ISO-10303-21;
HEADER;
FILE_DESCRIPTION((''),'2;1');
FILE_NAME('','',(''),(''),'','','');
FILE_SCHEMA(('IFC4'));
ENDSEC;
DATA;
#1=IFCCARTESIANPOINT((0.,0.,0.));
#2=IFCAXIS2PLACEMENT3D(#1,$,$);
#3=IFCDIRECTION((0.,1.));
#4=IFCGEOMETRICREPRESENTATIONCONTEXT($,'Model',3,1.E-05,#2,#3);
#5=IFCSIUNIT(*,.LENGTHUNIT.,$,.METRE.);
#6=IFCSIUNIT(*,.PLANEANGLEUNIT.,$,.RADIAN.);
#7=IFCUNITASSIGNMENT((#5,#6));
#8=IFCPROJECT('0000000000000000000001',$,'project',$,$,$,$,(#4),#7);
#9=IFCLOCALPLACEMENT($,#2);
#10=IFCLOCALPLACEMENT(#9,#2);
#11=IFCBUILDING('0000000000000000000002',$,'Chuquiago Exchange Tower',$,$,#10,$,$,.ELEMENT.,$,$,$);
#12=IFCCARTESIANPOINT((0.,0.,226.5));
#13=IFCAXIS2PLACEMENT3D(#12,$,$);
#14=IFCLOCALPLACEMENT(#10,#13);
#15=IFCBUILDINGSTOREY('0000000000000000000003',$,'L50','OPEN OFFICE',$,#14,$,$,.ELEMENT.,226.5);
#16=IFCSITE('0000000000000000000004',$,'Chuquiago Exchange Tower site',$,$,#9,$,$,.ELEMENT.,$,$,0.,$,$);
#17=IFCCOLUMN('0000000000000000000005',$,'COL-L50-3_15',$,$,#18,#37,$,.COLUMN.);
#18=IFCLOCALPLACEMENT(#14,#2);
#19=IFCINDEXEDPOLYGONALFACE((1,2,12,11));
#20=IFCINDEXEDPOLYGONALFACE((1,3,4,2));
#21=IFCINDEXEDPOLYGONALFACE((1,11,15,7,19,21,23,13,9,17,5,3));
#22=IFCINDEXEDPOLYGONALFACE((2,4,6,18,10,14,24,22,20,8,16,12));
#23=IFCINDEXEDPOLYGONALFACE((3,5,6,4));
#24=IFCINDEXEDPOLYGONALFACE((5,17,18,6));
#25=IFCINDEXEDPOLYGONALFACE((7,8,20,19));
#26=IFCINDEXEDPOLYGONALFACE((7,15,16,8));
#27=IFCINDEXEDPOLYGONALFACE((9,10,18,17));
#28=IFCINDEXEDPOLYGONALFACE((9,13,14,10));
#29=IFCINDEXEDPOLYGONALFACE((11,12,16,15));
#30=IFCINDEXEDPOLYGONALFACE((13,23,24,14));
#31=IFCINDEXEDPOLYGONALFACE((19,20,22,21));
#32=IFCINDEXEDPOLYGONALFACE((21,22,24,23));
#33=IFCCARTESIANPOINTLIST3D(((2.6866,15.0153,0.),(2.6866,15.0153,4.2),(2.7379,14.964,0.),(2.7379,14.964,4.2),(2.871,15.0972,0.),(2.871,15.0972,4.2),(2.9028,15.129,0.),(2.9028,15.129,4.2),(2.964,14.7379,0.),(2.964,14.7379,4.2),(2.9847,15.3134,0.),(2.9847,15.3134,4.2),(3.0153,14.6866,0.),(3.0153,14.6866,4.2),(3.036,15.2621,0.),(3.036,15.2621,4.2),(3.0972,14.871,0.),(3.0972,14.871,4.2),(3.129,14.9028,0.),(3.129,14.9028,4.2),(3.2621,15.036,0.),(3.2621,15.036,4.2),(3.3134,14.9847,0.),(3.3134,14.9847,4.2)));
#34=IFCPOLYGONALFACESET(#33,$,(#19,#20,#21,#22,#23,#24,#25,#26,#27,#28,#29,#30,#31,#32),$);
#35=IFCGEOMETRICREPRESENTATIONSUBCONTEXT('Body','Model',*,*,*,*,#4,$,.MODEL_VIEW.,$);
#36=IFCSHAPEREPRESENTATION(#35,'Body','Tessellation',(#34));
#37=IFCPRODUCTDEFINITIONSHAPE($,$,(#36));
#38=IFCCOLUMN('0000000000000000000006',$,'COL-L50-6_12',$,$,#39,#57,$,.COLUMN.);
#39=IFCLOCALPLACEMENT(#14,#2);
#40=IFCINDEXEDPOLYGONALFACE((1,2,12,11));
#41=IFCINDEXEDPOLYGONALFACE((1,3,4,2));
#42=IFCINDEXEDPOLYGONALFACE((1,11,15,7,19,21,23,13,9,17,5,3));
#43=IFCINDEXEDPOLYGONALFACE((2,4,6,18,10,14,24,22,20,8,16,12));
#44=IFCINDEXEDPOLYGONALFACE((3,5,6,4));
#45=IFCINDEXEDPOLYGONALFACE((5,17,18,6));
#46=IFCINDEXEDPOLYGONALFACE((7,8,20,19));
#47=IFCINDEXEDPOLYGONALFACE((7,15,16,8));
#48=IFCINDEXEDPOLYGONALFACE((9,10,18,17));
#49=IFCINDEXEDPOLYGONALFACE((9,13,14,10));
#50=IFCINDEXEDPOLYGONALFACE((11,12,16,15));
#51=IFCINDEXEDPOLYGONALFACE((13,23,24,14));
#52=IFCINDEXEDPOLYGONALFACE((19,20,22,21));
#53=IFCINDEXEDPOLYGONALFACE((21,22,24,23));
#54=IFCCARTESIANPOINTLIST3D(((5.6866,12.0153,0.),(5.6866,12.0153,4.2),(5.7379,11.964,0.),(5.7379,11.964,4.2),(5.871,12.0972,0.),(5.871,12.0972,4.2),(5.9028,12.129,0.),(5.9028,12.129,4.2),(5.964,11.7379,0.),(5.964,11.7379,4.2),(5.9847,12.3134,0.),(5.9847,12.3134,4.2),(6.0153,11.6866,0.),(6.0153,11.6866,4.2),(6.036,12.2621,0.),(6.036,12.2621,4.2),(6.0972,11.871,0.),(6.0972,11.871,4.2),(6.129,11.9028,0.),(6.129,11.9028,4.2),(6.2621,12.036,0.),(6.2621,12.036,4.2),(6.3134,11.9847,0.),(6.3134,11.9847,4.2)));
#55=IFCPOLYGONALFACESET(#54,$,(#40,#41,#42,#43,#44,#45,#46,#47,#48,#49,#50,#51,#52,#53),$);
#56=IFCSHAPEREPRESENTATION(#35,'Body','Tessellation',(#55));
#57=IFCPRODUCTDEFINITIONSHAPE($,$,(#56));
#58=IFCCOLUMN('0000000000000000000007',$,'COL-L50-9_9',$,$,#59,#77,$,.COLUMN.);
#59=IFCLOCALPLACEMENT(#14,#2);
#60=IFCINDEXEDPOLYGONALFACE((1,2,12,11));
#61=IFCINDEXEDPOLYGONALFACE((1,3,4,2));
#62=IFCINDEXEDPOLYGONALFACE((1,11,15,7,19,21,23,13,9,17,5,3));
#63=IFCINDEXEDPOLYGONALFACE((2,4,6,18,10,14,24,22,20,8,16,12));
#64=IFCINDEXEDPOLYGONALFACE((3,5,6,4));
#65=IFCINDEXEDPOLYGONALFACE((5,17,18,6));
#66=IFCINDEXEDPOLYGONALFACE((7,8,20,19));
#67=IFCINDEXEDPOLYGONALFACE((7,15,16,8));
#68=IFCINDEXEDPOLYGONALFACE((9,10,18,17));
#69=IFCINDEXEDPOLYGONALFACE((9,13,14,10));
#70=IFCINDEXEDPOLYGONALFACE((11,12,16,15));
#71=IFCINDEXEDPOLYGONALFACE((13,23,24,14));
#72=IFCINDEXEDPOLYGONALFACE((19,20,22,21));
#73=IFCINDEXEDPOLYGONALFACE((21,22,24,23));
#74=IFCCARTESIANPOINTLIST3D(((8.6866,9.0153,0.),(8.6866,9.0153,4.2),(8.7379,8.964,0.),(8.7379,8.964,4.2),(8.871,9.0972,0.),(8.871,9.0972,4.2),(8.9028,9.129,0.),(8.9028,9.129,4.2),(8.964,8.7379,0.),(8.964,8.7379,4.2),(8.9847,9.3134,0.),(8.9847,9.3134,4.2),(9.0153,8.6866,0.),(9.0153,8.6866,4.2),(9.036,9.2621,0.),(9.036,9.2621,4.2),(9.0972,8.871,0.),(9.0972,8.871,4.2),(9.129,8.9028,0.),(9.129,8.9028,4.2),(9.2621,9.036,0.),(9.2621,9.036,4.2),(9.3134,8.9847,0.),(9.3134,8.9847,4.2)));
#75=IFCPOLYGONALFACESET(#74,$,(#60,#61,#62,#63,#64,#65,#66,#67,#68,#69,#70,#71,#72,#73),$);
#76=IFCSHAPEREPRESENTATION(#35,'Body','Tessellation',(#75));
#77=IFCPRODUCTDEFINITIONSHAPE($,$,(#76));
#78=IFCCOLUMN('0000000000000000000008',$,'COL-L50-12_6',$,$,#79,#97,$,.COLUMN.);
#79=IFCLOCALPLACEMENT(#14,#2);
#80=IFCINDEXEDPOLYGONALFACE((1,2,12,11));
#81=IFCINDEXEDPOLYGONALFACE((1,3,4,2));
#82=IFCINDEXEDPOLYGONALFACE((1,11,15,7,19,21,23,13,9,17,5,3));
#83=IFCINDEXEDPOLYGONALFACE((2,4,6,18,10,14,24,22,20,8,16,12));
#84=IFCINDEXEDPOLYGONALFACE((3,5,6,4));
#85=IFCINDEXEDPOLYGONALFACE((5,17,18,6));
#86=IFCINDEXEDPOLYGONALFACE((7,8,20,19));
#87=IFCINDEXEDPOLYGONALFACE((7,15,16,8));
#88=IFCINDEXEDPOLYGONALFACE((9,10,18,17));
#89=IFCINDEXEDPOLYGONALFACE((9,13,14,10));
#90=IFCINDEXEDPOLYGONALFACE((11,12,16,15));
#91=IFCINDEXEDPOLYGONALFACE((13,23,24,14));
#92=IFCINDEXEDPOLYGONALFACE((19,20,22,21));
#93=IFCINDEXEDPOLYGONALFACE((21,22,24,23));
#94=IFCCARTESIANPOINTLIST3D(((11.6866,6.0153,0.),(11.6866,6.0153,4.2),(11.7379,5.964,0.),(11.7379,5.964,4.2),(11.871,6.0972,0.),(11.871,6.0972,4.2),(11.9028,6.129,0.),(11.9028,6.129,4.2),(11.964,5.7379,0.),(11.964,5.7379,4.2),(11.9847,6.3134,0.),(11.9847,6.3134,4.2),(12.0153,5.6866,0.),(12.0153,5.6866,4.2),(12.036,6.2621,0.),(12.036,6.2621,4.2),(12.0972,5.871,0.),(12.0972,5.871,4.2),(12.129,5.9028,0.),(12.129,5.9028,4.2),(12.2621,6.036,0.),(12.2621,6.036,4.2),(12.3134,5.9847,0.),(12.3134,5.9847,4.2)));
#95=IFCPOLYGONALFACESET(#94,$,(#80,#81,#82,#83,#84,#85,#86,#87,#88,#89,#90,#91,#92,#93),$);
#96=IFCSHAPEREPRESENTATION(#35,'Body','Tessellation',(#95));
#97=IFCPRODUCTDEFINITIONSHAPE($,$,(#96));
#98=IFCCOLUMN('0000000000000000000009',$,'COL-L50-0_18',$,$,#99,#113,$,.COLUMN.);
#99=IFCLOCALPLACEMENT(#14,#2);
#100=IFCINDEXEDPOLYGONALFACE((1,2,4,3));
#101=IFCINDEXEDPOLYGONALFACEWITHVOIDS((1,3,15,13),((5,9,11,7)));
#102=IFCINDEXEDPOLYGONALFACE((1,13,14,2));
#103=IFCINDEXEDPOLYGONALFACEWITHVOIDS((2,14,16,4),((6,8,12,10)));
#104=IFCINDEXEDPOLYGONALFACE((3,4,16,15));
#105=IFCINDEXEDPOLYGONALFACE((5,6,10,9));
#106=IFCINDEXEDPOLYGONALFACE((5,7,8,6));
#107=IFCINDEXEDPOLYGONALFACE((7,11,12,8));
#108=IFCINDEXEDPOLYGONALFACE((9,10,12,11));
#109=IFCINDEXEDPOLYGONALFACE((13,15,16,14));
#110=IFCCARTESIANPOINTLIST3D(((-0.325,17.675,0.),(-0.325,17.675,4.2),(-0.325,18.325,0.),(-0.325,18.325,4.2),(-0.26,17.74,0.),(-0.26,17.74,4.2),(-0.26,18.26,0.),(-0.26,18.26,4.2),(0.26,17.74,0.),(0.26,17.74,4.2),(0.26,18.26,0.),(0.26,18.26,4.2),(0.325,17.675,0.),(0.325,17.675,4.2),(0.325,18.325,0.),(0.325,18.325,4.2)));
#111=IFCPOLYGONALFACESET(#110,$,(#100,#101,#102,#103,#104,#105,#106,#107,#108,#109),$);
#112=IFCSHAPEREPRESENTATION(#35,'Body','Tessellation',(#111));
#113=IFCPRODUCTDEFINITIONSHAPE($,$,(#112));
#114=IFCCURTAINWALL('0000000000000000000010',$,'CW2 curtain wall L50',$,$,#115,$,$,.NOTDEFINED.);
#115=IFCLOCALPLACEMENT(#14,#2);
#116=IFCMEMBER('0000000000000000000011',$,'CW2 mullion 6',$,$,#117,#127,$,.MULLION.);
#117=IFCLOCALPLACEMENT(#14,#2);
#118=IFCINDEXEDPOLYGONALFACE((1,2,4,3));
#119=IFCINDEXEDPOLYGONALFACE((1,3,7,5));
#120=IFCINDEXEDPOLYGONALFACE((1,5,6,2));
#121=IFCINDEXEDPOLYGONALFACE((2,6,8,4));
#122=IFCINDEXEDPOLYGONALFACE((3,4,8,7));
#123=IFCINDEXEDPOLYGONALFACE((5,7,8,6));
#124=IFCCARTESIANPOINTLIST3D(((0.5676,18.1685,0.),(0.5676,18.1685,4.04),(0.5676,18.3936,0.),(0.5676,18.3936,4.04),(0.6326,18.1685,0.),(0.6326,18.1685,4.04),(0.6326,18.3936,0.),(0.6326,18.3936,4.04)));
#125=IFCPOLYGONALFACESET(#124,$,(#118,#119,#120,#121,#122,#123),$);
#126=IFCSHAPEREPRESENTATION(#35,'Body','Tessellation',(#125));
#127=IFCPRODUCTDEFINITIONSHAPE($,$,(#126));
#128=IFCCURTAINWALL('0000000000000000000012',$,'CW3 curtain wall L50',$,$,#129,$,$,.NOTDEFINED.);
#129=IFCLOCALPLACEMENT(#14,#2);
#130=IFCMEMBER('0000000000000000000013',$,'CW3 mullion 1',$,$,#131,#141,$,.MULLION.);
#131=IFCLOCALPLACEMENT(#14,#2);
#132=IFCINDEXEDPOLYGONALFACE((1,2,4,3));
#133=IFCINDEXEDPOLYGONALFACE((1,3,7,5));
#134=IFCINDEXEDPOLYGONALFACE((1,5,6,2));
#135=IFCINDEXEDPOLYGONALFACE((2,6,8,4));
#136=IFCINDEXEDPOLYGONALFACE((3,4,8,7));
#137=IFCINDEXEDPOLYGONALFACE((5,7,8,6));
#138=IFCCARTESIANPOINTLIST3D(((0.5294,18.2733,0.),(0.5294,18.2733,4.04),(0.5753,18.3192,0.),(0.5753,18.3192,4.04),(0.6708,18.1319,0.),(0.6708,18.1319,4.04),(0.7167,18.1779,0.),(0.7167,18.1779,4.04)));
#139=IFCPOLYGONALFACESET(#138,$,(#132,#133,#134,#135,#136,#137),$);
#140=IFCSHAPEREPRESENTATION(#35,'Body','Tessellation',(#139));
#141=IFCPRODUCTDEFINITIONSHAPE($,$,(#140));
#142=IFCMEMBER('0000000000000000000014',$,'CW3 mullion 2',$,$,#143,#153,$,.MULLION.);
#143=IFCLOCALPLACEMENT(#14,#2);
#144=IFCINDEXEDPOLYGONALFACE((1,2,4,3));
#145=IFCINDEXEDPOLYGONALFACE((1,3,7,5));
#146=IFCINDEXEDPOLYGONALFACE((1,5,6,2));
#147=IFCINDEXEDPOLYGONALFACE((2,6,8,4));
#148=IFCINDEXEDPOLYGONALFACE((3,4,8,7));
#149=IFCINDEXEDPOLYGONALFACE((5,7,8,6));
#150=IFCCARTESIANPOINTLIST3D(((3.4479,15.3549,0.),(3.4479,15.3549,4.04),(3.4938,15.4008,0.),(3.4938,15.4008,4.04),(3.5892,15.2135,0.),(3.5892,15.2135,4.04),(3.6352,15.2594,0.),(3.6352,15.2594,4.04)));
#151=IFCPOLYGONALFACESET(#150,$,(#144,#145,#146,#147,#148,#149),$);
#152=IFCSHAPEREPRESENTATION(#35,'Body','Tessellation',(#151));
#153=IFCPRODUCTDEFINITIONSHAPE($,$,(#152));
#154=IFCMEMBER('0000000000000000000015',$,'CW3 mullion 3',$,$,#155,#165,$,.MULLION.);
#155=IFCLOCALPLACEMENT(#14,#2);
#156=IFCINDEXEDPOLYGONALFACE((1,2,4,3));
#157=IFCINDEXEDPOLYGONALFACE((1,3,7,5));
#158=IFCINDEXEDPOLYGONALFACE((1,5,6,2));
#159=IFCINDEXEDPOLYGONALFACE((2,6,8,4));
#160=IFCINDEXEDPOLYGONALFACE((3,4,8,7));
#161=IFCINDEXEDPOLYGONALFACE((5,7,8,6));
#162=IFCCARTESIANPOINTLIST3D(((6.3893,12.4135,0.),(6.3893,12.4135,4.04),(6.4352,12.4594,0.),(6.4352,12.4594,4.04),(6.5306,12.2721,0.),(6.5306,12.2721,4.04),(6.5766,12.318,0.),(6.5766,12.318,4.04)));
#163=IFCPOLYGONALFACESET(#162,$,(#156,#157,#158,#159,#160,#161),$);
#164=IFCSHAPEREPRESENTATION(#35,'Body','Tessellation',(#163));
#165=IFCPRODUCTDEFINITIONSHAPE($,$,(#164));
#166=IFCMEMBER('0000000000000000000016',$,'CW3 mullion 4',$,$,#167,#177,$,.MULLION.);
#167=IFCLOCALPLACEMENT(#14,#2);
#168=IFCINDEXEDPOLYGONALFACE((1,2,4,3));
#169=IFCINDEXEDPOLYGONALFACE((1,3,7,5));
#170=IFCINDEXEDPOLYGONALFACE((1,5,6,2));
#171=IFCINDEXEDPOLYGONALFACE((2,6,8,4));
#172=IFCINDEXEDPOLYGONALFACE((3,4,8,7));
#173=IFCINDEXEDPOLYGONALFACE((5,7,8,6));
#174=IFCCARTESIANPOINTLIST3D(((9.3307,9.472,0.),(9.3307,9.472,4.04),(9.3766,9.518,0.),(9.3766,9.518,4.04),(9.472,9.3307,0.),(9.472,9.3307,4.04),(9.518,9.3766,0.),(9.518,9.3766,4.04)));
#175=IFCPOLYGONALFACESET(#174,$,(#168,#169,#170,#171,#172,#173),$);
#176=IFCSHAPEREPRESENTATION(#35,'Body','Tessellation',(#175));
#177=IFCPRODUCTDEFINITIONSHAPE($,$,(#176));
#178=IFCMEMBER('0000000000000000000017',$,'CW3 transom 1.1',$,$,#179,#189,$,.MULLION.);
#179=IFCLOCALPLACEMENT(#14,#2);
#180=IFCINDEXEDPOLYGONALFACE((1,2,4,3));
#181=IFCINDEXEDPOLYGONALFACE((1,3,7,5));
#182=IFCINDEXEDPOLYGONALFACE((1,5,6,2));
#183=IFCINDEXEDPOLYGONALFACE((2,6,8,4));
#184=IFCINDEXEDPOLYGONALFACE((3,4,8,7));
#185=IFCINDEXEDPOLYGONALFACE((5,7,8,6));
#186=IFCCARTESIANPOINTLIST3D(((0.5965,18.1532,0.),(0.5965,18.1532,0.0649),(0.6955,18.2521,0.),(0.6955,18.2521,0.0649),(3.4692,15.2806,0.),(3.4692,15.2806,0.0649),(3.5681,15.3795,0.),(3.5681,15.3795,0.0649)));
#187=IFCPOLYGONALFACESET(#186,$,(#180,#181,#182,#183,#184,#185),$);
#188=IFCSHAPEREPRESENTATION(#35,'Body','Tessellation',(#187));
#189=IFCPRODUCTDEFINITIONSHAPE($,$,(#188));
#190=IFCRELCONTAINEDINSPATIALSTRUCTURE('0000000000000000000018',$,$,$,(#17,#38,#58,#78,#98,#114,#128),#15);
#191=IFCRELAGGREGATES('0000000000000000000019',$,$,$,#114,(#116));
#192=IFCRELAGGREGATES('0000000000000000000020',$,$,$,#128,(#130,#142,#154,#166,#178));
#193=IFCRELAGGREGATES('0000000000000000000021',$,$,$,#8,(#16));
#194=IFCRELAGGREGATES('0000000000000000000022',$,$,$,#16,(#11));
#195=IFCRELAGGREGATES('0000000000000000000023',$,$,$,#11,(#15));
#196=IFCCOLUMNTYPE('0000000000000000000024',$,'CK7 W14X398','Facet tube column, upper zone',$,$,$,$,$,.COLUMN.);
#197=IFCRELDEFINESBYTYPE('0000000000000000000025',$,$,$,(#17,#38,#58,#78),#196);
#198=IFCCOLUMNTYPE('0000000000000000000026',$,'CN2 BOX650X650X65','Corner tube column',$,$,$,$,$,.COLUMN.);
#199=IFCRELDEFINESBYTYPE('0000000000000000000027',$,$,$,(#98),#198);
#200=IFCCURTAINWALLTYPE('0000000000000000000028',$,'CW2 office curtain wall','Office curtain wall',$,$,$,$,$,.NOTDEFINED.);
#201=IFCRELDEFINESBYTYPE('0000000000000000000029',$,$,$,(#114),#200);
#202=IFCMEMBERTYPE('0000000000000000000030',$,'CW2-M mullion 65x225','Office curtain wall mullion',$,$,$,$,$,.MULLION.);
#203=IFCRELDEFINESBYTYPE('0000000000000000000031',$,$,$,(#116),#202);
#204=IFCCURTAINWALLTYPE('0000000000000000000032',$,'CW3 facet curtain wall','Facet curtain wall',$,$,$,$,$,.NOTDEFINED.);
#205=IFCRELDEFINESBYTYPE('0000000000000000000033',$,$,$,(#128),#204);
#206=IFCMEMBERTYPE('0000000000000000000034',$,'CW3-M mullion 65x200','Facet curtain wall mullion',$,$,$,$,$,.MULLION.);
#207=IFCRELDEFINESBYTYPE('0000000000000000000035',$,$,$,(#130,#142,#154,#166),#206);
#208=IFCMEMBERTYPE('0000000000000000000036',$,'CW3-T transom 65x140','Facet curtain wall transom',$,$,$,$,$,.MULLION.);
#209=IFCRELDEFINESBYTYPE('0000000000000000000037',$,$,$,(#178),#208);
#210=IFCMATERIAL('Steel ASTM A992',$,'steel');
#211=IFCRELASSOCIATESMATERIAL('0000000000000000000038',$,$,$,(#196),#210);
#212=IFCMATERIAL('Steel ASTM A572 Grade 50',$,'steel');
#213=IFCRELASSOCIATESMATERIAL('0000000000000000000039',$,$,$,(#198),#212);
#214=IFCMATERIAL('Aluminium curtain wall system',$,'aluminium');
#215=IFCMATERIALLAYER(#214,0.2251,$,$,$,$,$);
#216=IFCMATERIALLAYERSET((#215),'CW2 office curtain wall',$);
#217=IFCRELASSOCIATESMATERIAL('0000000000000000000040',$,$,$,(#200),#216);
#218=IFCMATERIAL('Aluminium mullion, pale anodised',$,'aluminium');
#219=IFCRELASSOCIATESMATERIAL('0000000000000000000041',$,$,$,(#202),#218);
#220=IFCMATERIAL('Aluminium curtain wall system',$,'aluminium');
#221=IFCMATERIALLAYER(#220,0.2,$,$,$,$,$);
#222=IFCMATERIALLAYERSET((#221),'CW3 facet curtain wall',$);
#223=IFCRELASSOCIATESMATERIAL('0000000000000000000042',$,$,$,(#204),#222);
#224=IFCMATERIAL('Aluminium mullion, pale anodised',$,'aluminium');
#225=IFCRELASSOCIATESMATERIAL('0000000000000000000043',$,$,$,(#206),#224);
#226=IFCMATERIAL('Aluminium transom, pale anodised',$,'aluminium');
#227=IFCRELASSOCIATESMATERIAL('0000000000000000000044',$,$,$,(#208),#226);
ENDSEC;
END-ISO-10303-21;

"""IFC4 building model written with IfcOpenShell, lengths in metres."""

from ifc_helpers import new_model, si_unit, direction, frame, origin, origin_2d, place, context, subcontext, project, spatial, rectangle, hollow_rectangle, i_section, extrude, material, layer, layer_set, material_profile, profile_set, type_object, element, aggregate, save


model = new_model("IFC4")

# Units and contexts
model_context = context("Model", 3, precision=1e-05, world=origin(), true_north=direction((0.0, 1.0)))
body_context = subcontext(model_context, "Body", "Model", "MODEL_VIEW")
ifc_project = project(units=[si_unit("LENGTHUNIT", "METRE"), si_unit("PLANEANGLEUNIT", "RADIAN")], contexts=[model_context])

# Site, building, storey
site_placement = place(None, origin())
site = spatial("IfcSite", under=ifc_project, at=site_placement, Name="Chuquiago Exchange Tower site", CompositionType="ELEMENT", RefElevation=0.0)
building_placement = place(site_placement, origin())
building = spatial("IfcBuilding", under=site, at=building_placement, Name="Chuquiago Exchange Tower", CompositionType="ELEMENT")
storey_placement = place(building_placement, frame((0.0, 0.0, 226.5)))
storey = spatial("IfcBuildingStorey", under=building, at=storey_placement, Name="L50", Description="OPEN OFFICE", CompositionType="ELEMENT", Elevation=226.5)

# Columns
ifc_material_1 = material(Name="Steel ASTM A992", Category="steel")
ifc_material_profile_1 = material_profile(ifc_material_1, i_section(OverallWidth=0.4216, OverallDepth=0.4648, WebThickness=0.0449, FlangeThickness=0.0725, at=origin_2d()), Name="W14X398")
ifc_profile_set_1 = profile_set([ifc_material_profile_1], Name="Steel ASTM A992")
column_type_1 = type_object("IfcColumnType", Name="CK7 W14X398", Description="Facet tube column, upper zone", PredefinedType="COLUMN", material=ifc_profile_set_1)
for number, where, z_axis, x_axis, name in (
    (1, (3.0, 15.0, 0.0), (0.0, 0.0, 1.0), (-0.707107, -0.707107, 0.0), "COL-L50-3_15"),
    (2, (6.0, 12.0, 0.0), (0.0, 0.0, 1.0), (-0.707107, -0.707107, 0.0), "COL-L50-6_12"),
    (3, (9.0, 9.0, 0.0), (0.0, 0.0, 1.0), (-0.707107, -0.707107, 0.0), "COL-L50-9_9"),
    (4, (12.0, 6.0, 0.0), (0.0, 0.0, 1.0), (-0.707107, -0.707107, 0.0), "COL-L50-12_6"),
):
    element("IfcColumn", number, at=place(storey_placement, frame(where, z_axis=z_axis, x_axis=x_axis)), inside=storey, type_object=column_type_1, Name=name, PredefinedType="COLUMN", context=body_context, shape_type="SweptSolid", body=[
        extrude(i_section(OverallWidth=0.4216, OverallDepth=0.4648, WebThickness=0.0449, FlangeThickness=0.0725, at=origin_2d()), origin(), (0.0, 0.0, 1.0), 4.2),
    ])
ifc_material_2 = material(Name="Steel ASTM A572 Grade 50", Category="steel")
ifc_material_profile_2 = material_profile(ifc_material_2, hollow_rectangle(XDim=0.6499, YDim=0.6499, WallThickness=0.0649, at=origin_2d()), Name="BOX650X650X65")
ifc_profile_set_2 = profile_set([ifc_material_profile_2], Name="Steel ASTM A572 Grade 50")
column_type_2 = type_object("IfcColumnType", Name="CN2 BOX650X650X65", Description="Corner tube column", PredefinedType="COLUMN", material=ifc_profile_set_2)
column_placement = place(storey_placement, frame((0.0, 18.0, 0.0), z_axis=(0.0, 0.0, 1.0), x_axis=(-1.0, 0.0, 0.0)))
element("IfcColumn", 5, at=column_placement, inside=storey, type_object=column_type_2, Name="COL-L50-0_18", PredefinedType="COLUMN", context=body_context, shape_type="SweptSolid", body=[
    extrude(hollow_rectangle(XDim=0.6499, YDim=0.6499, WallThickness=0.0649, at=origin_2d()), origin(), (0.0, 0.0, 1.0), 4.2),
])

# Curtain wall, member
ifc_material_3 = material(Name="Aluminium curtain wall system", Category="aluminium")
ifc_layer_1 = layer(ifc_material_3, 0.2251)
ifc_layer_set_1 = layer_set([ifc_layer_1], Name="CW2 office curtain wall")
curtain_wall_type_1 = type_object("IfcCurtainWallType", Name="CW2 office curtain wall", Description="Office curtain wall", PredefinedType="NOTDEFINED", material=ifc_layer_set_1)
curtain_wall_1_placement = place(storey_placement, origin())
curtain_wall_1 = element("IfcCurtainWall", 6, at=curtain_wall_1_placement, inside=storey, type_object=curtain_wall_type_1, Name="CW2 curtain wall L50", PredefinedType="NOTDEFINED")
ifc_material_4 = material(Name="Aluminium mullion, pale anodised", Category="aluminium")
ifc_material_profile_3 = material_profile(ifc_material_4, rectangle(XDim=0.0649, YDim=0.2251, at=origin_2d()), Name="AL 65x225")
ifc_profile_set_3 = profile_set([ifc_material_profile_3], Name="Aluminium mullion, pale anodised")
member_type_1 = type_object("IfcMemberType", Name="CW2-M mullion 65x225", Description="Office curtain wall mullion", PredefinedType="MULLION", material=ifc_profile_set_3)
member_1_placement = place(storey_placement, frame((0.6001, 18.281, 0.0), z_axis=(0.0, 0.0, 1.0), x_axis=(1.0, 0.0, 0.0)))
member_1 = element("IfcMember", 7, at=member_1_placement, type_object=member_type_1, Name="CW2 mullion 6", PredefinedType="MULLION", context=body_context, shape_type="SweptSolid", body=[
    extrude(rectangle(XDim=0.0649, YDim=0.2251, at=origin_2d()), origin(), (0.0, 0.0, 1.0), 4.04),
])
aggregate(curtain_wall_1, [member_1])

# Curtain wall, members
ifc_material_5 = material(Name="Aluminium curtain wall system", Category="aluminium")
ifc_layer_2 = layer(ifc_material_5, 0.2)
ifc_layer_set_2 = layer_set([ifc_layer_2], Name="CW3 facet curtain wall")
curtain_wall_type_2 = type_object("IfcCurtainWallType", Name="CW3 facet curtain wall", Description="Facet curtain wall", PredefinedType="NOTDEFINED", material=ifc_layer_set_2)
curtain_wall_2_placement = place(storey_placement, origin())
curtain_wall_2 = element("IfcCurtainWall", 8, at=curtain_wall_2_placement, inside=storey, type_object=curtain_wall_type_2, Name="CW3 curtain wall L50", PredefinedType="NOTDEFINED")
ifc_material_6 = material(Name="Aluminium mullion, pale anodised", Category="aluminium")
ifc_material_profile_4 = material_profile(ifc_material_6, rectangle(XDim=0.0649, YDim=0.2, at=origin_2d()), Name="AL 65x200")
ifc_profile_set_4 = profile_set([ifc_material_profile_4], Name="Aluminium mullion, pale anodised")
member_type_2 = type_object("IfcMemberType", Name="CW3-M mullion 65x200", Description="Facet curtain wall mullion", PredefinedType="MULLION", material=ifc_profile_set_4)
member_2_placement = place(storey_placement, frame((0.623, 18.2256, 0.0), z_axis=(0.0, 0.0, 1.0), x_axis=(0.707107, 0.707107, 0.0)))
member_2 = element("IfcMember", 9, at=member_2_placement, type_object=member_type_2, Name="CW3 mullion 1", PredefinedType="MULLION", context=body_context, shape_type="SweptSolid", body=[
    extrude(rectangle(XDim=0.0649, YDim=0.2, at=origin_2d()), origin(), (0.0, 0.0, 1.0), 4.04),
])
member_3_placement = place(storey_placement, frame((3.5415, 15.3071, 0.0), z_axis=(0.0, 0.0, 1.0), x_axis=(0.707107, 0.707107, 0.0)))
member_3 = element("IfcMember", 10, at=member_3_placement, type_object=member_type_2, Name="CW3 mullion 2", PredefinedType="MULLION", context=body_context, shape_type="SweptSolid", body=[
    extrude(rectangle(XDim=0.0649, YDim=0.2, at=origin_2d()), origin(), (0.0, 0.0, 1.0), 4.04),
])
member_4_placement = place(storey_placement, frame((6.4829, 12.3657, 0.0), z_axis=(0.0, 0.0, 1.0), x_axis=(0.707107, 0.707107, 0.0)))
member_4 = element("IfcMember", 11, at=member_4_placement, type_object=member_type_2, Name="CW3 mullion 3", PredefinedType="MULLION", context=body_context, shape_type="SweptSolid", body=[
    extrude(rectangle(XDim=0.0649, YDim=0.2, at=origin_2d()), origin(), (0.0, 0.0, 1.0), 4.04),
])
member_5_placement = place(storey_placement, frame((9.4243, 9.4243, 0.0), z_axis=(0.0, 0.0, 1.0), x_axis=(0.707107, 0.707107, 0.0)))
member_5 = element("IfcMember", 12, at=member_5_placement, type_object=member_type_2, Name="CW3 mullion 4", PredefinedType="MULLION", context=body_context, shape_type="SweptSolid", body=[
    extrude(rectangle(XDim=0.0649, YDim=0.2, at=origin_2d()), origin(), (0.0, 0.0, 1.0), 4.04),
])
ifc_material_7 = material(Name="Aluminium transom, pale anodised", Category="aluminium")
ifc_material_profile_5 = material_profile(ifc_material_7, rectangle(XDim=0.1399, YDim=0.0649, at=origin_2d()), Name="AL 140x65")
ifc_profile_set_5 = profile_set([ifc_material_profile_5], Name="Aluminium transom, pale anodised")
member_type_3 = type_object("IfcMemberType", Name="CW3-T transom 65x140", Description="Facet curtain wall transom", PredefinedType="MULLION", material=ifc_profile_set_5)
member_6_placement = place(storey_placement, frame((0.646, 18.2026, 0.0325), z_axis=(0.707107, -0.707107, 0.0), x_axis=(0.707107, 0.707107, 0.0)))
member_6 = element("IfcMember", 13, at=member_6_placement, type_object=member_type_3, Name="CW3 transom 1.1", PredefinedType="MULLION", context=body_context, shape_type="SweptSolid", body=[
    extrude(rectangle(XDim=0.1399, YDim=0.0649, at=origin_2d()), origin(), (0.0, 0.0, 1.0), 4.0625),
])

aggregate(curtain_wall_2, [member_2, member_3, member_4, member_5, member_6])

save(model, "model.ifc")
